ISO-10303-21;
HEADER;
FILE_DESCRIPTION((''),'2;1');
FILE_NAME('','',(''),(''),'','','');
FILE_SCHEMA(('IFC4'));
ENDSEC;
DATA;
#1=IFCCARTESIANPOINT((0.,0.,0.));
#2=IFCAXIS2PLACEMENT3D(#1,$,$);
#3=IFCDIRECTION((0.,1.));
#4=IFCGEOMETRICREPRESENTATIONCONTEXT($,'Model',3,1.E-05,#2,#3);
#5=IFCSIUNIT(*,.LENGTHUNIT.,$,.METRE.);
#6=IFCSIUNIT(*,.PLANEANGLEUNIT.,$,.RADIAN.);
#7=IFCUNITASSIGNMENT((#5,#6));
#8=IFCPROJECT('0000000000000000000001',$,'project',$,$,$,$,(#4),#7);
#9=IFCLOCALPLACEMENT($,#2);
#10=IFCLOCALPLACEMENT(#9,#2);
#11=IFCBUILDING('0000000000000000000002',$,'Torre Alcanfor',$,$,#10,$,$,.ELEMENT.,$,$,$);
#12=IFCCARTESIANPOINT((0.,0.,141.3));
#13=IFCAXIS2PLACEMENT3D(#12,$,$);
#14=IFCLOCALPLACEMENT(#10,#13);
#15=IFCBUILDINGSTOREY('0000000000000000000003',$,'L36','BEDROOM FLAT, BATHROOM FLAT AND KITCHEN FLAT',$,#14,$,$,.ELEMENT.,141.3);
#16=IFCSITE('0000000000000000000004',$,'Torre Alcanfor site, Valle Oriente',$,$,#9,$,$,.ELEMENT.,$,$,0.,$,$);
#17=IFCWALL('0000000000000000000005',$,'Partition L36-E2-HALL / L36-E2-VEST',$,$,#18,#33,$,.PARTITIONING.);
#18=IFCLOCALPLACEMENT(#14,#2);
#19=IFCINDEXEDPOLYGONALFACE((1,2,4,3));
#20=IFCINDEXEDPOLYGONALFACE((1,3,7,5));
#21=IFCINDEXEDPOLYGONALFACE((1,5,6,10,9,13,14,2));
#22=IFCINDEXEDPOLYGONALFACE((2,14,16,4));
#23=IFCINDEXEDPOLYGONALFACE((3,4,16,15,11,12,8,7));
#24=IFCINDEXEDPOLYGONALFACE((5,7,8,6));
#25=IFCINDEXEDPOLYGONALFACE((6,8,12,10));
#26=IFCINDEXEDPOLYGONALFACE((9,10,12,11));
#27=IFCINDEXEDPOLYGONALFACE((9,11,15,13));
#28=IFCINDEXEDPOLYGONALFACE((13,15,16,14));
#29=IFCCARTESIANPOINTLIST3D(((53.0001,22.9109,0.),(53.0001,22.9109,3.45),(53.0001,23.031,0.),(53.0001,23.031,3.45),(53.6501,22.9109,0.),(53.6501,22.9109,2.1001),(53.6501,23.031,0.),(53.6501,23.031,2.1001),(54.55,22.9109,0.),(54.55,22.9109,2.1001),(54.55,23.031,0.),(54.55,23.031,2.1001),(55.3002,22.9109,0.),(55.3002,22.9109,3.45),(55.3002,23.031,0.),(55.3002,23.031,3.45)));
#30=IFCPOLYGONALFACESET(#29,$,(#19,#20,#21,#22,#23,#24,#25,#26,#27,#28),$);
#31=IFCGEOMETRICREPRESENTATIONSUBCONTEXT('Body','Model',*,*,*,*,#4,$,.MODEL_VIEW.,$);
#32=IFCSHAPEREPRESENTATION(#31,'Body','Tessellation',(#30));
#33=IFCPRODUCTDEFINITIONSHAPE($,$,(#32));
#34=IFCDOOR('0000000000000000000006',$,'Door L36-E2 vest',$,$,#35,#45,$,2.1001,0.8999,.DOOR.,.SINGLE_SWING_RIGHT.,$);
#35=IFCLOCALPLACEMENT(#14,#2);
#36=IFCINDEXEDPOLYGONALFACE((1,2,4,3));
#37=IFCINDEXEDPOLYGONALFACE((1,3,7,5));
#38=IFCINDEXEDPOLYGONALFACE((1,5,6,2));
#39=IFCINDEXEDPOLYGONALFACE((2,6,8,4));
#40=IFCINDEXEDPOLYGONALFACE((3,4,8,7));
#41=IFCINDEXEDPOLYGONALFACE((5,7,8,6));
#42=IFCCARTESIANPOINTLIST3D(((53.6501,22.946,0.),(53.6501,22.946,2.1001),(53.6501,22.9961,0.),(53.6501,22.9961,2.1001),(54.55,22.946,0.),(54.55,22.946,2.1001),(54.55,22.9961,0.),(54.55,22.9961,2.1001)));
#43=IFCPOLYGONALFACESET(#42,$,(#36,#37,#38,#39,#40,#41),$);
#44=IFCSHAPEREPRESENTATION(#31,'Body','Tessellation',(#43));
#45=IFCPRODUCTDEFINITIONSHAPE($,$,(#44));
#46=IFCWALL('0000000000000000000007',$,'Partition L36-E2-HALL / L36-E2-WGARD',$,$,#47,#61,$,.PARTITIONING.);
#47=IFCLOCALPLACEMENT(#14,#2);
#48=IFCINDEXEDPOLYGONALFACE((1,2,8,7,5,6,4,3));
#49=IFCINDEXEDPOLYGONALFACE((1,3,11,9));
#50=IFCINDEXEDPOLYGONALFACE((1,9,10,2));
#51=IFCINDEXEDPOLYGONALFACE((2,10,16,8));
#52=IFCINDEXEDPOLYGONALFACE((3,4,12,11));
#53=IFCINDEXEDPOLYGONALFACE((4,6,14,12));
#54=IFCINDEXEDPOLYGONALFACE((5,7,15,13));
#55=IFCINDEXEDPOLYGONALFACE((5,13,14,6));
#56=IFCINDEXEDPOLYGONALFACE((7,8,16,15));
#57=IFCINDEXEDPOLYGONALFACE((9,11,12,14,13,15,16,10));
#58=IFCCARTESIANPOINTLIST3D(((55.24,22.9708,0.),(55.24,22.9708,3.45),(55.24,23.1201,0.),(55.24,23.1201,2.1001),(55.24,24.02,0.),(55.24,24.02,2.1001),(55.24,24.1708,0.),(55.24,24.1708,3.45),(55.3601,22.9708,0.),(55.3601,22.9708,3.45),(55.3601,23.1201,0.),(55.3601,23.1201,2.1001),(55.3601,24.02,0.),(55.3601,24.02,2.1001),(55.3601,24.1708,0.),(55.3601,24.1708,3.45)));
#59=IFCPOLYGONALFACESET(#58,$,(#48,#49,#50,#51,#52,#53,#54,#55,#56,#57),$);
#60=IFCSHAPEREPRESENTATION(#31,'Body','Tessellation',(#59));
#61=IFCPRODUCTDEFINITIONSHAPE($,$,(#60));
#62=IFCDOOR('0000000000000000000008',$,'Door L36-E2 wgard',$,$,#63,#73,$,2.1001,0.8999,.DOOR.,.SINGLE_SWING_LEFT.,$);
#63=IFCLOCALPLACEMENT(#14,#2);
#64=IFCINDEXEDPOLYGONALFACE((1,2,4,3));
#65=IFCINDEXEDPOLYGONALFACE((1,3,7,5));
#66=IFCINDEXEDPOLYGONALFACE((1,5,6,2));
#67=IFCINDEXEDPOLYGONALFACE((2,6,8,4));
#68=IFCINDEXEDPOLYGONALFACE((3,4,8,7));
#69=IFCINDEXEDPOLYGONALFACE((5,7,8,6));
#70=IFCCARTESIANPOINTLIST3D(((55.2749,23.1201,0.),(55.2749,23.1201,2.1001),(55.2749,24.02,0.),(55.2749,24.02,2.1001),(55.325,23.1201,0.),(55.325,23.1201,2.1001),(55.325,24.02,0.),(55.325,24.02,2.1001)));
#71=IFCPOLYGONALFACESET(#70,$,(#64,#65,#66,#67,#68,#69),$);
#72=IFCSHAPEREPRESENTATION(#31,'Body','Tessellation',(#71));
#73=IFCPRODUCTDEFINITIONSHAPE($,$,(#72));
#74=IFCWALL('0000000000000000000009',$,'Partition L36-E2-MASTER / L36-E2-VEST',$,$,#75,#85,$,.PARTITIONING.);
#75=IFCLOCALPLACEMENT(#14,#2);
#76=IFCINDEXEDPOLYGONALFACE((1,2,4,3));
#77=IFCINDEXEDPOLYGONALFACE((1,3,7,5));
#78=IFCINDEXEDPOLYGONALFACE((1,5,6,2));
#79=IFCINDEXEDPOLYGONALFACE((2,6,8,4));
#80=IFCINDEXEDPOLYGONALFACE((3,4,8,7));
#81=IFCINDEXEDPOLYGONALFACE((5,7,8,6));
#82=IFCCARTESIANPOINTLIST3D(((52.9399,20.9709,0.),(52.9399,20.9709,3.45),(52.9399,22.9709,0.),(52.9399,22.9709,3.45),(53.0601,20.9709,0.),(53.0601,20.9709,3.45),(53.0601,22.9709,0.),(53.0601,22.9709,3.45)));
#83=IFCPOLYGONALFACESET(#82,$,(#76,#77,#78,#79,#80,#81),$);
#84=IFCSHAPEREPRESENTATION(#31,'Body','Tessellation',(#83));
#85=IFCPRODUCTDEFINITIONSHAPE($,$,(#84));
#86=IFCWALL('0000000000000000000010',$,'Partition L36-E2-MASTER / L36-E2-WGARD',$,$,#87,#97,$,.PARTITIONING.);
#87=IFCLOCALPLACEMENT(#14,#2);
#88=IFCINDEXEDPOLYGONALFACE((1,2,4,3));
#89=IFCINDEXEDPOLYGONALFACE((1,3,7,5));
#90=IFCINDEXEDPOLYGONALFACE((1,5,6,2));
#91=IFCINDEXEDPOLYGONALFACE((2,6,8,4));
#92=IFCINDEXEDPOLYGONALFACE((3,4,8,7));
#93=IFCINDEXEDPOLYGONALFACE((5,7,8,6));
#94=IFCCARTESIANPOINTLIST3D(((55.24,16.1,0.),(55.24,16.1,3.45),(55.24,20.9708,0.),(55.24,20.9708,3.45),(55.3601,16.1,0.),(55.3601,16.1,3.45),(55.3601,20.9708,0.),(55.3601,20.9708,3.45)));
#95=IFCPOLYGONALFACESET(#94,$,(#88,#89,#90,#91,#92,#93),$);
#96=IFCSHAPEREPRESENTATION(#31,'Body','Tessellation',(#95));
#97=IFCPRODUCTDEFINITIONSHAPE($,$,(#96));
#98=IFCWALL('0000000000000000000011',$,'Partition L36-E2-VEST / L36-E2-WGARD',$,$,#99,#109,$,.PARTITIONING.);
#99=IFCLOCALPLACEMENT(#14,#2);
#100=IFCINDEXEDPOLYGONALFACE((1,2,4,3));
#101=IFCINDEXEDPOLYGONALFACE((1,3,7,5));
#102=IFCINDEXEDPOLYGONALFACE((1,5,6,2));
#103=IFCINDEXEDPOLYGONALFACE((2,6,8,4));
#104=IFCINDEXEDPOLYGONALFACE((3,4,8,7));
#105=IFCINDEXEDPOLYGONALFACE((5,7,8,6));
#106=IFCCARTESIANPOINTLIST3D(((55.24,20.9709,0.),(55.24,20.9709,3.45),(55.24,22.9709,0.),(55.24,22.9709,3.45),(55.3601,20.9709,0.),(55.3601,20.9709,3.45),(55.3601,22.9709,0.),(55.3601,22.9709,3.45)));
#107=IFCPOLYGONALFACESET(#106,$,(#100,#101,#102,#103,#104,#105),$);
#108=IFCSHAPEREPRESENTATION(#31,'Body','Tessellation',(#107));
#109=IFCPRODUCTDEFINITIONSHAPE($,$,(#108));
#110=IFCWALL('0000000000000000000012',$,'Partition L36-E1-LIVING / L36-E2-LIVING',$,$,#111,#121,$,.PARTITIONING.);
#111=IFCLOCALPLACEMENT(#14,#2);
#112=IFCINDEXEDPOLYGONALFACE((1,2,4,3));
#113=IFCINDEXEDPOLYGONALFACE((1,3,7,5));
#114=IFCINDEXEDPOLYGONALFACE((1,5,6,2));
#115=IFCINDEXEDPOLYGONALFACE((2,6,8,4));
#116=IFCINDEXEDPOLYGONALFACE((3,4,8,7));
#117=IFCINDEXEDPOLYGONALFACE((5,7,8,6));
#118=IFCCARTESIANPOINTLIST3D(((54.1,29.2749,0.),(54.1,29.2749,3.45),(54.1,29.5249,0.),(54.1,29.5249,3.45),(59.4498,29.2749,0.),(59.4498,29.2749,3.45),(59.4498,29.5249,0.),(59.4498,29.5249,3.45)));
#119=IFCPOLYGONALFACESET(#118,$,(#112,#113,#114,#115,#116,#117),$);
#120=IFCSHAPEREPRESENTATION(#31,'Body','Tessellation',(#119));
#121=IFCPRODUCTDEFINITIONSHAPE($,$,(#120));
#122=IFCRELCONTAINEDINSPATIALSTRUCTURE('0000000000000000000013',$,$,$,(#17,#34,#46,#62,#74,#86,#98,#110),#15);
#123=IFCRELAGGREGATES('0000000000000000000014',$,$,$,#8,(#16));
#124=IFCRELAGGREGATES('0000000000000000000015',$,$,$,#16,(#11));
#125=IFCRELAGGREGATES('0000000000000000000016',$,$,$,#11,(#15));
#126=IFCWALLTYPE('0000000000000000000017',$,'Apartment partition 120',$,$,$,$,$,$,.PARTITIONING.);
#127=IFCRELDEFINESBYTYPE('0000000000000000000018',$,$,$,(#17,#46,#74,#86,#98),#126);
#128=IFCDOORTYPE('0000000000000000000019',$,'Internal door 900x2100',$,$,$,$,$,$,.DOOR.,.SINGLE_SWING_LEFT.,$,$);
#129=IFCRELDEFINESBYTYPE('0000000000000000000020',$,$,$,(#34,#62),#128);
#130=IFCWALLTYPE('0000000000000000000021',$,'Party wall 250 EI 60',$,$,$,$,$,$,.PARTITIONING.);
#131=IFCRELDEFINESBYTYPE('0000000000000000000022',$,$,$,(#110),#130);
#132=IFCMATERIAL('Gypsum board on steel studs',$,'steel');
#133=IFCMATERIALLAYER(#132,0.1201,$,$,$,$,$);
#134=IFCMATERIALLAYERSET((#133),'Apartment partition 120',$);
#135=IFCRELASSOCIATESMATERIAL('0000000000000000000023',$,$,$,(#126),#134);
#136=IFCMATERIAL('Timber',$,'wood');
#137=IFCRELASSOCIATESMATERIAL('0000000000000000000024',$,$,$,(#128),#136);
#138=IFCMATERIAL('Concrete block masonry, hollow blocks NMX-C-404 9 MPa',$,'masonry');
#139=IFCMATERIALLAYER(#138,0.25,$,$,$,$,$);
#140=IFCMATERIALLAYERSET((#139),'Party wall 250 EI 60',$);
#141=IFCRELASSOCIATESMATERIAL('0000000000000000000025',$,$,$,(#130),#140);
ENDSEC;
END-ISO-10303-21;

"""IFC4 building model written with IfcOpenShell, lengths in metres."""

from ifc_helpers import new_model, si_unit, direction, frame, frame_2d, origin, place, context, subcontext, project, spatial, rectangle, extrude, material, layer, layer_set, type_object, element, fill, save


model = new_model("IFC4")

# Units and contexts
model_context = context("Model", 3, precision=1e-05, world=origin(), true_north=direction((0.0, 1.0)))
body_context = subcontext(model_context, "Body", "Model", "MODEL_VIEW")
ifc_project = project(units=[si_unit("LENGTHUNIT", "METRE"), si_unit("PLANEANGLEUNIT", "RADIAN")], contexts=[model_context])

# Site, building, storey
site_placement = place(None, origin())
site = spatial("IfcSite", under=ifc_project, at=site_placement, Name="Torre Alcanfor site, Valle Oriente", CompositionType="ELEMENT", RefElevation=0.0)
building_placement = place(site_placement, origin())
building = spatial("IfcBuilding", under=site, at=building_placement, Name="Torre Alcanfor", CompositionType="ELEMENT")
storey_placement = place(building_placement, frame((0.0, 0.0, 141.3)))
storey = spatial("IfcBuildingStorey", under=building, at=storey_placement, Name="L36", Description="BEDROOM FLAT, BATHROOM FLAT AND KITCHEN FLAT", CompositionType="ELEMENT", Elevation=141.3)

# Shared definitions
ifc_material_1 = material(Name="Gypsum board on steel studs", Category="steel")
ifc_layer_1 = layer(ifc_material_1, 0.1201)
ifc_layer_set_1 = layer_set([ifc_layer_1], Name="Apartment partition 120")
wall_type_1 = type_object("IfcWallType", Name="Apartment partition 120", PredefinedType="PARTITIONING", material=ifc_layer_set_1)

# Shared definitions
ifc_material_2 = material(Name="Timber", Category="wood")
door_type = type_object("IfcDoorType", Name="Internal door 900x2100", OperationType="SINGLE_SWING_LEFT", PredefinedType="DOOR", material=ifc_material_2)

# Walls, openings, doors
wall_1_placement = place(storey_placement, frame((55.3, 22.9709, 0.0), z_axis=(0.0, 0.0, 1.0), x_axis=(-1.0, 0.0, 0.0)))
wall_1 = element("IfcWall", 1, at=wall_1_placement, inside=storey, type_object=wall_type_1, Name="Partition L36-E2-HALL / L36-E2-VEST", PredefinedType="PARTITIONING", context=body_context, shape_type="SweptSolid", body=[
    extrude(rectangle(XDim=2.3, YDim=0.1201, at=frame_2d((1.1499, 0.0))), origin(), (0.0, 0.0, 1.0), 3.45),
])
opening_1_placement = place(wall_1_placement, frame((0.75, 0.0, 0.0)))
opening_1 = element("IfcOpeningElement", 2, at=opening_1_placement, cuts=wall_1, PredefinedType="OPENING", context=body_context, shape_type="SweptSolid", body=[
    extrude(rectangle(XDim=0.8999, YDim=2.1001, at=frame_2d((0.45, 1.05))), frame((0.0, 0.0701, 0.0), z_axis=(0.0, -1.0, 0.0), x_axis=(1.0, 0.0, 0.0)), (0.0, 0.0, 1.0), 0.1401),
])
door_1_placement = place(opening_1_placement, origin())
door_1 = element("IfcDoor", 3, at=door_1_placement, inside=storey, type_object=door_type, Name="Door L36-E2 vest", OperationType="SINGLE_SWING_RIGHT", OverallHeight=2.1001, OverallWidth=0.8999, PredefinedType="DOOR", context=body_context, shape_type="SweptSolid", body=[
    extrude(rectangle(XDim=0.8999, YDim=2.1001, at=frame_2d((0.45, 1.05))), frame((0.0, 0.0249, 0.0), z_axis=(0.0, -1.0, 0.0), x_axis=(1.0, 0.0, 0.0)), (0.0, 0.0, 1.0), 0.05),
])
fill(opening_1, door_1)
wall_2_placement = place(storey_placement, frame((55.3, 24.1709, 0.0), z_axis=(0.0, 0.0, 1.0), x_axis=(0.0, -1.0, 0.0)))
wall_2 = element("IfcWall", 4, at=wall_2_placement, inside=storey, type_object=wall_type_1, Name="Partition L36-E2-HALL / L36-E2-WGARD", PredefinedType="PARTITIONING", context=body_context, shape_type="SweptSolid", body=[
    extrude(rectangle(XDim=1.2, YDim=0.1201, at=frame_2d((0.6001, 0.0))), origin(), (0.0, 0.0, 1.0), 3.45),
])
opening_2_placement = place(wall_2_placement, frame((0.1509, 0.0, 0.0)))
opening_2 = element("IfcOpeningElement", 5, at=opening_2_placement, cuts=wall_2, PredefinedType="OPENING", context=body_context, shape_type="SweptSolid", body=[
    extrude(rectangle(XDim=0.8999, YDim=2.1001, at=frame_2d((0.45, 1.05))), frame((0.0, 0.0701, 0.0), z_axis=(0.0, -1.0, 0.0), x_axis=(1.0, 0.0, 0.0)), (0.0, 0.0, 1.0), 0.1401),
])
door_2_placement = place(opening_2_placement, origin())
door_2 = element("IfcDoor", 6, at=door_2_placement, inside=storey, type_object=door_type, Name="Door L36-E2 wgard", OperationType="SINGLE_SWING_LEFT", OverallHeight=2.1001, OverallWidth=0.8999, PredefinedType="DOOR", context=body_context, shape_type="SweptSolid", body=[
    extrude(rectangle(XDim=0.8999, YDim=2.1001, at=frame_2d((0.45, 1.05))), frame((0.0, 0.0249, 0.0), z_axis=(0.0, -1.0, 0.0), x_axis=(1.0, 0.0, 0.0)), (0.0, 0.0, 1.0), 0.05),
])
fill(opening_2, door_2)

# Walls
wall_3_placement = place(storey_placement, frame((53.0, 22.9709, 0.0), z_axis=(0.0, 0.0, 1.0), x_axis=(0.0, -1.0, 0.0)))
element("IfcWall", 7, at=wall_3_placement, inside=storey, type_object=wall_type_1, Name="Partition L36-E2-MASTER / L36-E2-VEST", PredefinedType="PARTITIONING", context=body_context, shape_type="SweptSolid", body=[
    extrude(rectangle(XDim=2.0, YDim=0.1201, at=frame_2d((1.0, 0.0))), origin(), (0.0, 0.0, 1.0), 3.45),
])
wall_4_placement = place(storey_placement, frame((55.3, 20.9709, 0.0), z_axis=(0.0, 0.0, 1.0), x_axis=(0.0, -1.0, 0.0)))
element("IfcWall", 8, at=wall_4_placement, inside=storey, type_object=wall_type_1, Name="Partition L36-E2-MASTER / L36-E2-WGARD", PredefinedType="PARTITIONING", context=body_context, shape_type="SweptSolid", body=[
    extrude(rectangle(XDim=4.8708, YDim=0.1201, at=frame_2d((2.4355, 0.0))), origin(), (0.0, 0.0, 1.0), 3.45),
])
wall_5_placement = place(storey_placement, frame((55.3, 22.9709, 0.0), z_axis=(0.0, 0.0, 1.0), x_axis=(0.0, -1.0, 0.0)))
element("IfcWall", 9, at=wall_5_placement, inside=storey, type_object=wall_type_1, Name="Partition L36-E2-VEST / L36-E2-WGARD", PredefinedType="PARTITIONING", context=body_context, shape_type="SweptSolid", body=[
    extrude(rectangle(XDim=2.0, YDim=0.1201, at=frame_2d((1.0, 0.0))), origin(), (0.0, 0.0, 1.0), 3.45),
])
ifc_material_3 = material(Name="Concrete block masonry, hollow blocks NMX-C-404 9 MPa", Category="masonry")
ifc_layer_2 = layer(ifc_material_3, 0.25)
ifc_layer_set_2 = layer_set([ifc_layer_2], Name="Party wall 250 EI 60")
wall_type_2 = type_object("IfcWallType", Name="Party wall 250 EI 60", PredefinedType="PARTITIONING", material=ifc_layer_set_2)
wall_6_placement = place(storey_placement, frame((54.1001, 29.3999, 0.0), z_axis=(0.0, 0.0, 1.0), x_axis=(1.0, 0.0, 0.0)))
element("IfcWall", 10, at=wall_6_placement, inside=storey, type_object=wall_type_2, Name="Partition L36-E1-LIVING / L36-E2-LIVING", PredefinedType="PARTITIONING", context=body_context, shape_type="SweptSolid", body=[
    extrude(rectangle(XDim=5.3499, YDim=0.25, at=frame_2d((2.6748, 0.0))), origin(), (0.0, 0.0, 1.0), 3.45),
])

save(model, "model.ifc")
